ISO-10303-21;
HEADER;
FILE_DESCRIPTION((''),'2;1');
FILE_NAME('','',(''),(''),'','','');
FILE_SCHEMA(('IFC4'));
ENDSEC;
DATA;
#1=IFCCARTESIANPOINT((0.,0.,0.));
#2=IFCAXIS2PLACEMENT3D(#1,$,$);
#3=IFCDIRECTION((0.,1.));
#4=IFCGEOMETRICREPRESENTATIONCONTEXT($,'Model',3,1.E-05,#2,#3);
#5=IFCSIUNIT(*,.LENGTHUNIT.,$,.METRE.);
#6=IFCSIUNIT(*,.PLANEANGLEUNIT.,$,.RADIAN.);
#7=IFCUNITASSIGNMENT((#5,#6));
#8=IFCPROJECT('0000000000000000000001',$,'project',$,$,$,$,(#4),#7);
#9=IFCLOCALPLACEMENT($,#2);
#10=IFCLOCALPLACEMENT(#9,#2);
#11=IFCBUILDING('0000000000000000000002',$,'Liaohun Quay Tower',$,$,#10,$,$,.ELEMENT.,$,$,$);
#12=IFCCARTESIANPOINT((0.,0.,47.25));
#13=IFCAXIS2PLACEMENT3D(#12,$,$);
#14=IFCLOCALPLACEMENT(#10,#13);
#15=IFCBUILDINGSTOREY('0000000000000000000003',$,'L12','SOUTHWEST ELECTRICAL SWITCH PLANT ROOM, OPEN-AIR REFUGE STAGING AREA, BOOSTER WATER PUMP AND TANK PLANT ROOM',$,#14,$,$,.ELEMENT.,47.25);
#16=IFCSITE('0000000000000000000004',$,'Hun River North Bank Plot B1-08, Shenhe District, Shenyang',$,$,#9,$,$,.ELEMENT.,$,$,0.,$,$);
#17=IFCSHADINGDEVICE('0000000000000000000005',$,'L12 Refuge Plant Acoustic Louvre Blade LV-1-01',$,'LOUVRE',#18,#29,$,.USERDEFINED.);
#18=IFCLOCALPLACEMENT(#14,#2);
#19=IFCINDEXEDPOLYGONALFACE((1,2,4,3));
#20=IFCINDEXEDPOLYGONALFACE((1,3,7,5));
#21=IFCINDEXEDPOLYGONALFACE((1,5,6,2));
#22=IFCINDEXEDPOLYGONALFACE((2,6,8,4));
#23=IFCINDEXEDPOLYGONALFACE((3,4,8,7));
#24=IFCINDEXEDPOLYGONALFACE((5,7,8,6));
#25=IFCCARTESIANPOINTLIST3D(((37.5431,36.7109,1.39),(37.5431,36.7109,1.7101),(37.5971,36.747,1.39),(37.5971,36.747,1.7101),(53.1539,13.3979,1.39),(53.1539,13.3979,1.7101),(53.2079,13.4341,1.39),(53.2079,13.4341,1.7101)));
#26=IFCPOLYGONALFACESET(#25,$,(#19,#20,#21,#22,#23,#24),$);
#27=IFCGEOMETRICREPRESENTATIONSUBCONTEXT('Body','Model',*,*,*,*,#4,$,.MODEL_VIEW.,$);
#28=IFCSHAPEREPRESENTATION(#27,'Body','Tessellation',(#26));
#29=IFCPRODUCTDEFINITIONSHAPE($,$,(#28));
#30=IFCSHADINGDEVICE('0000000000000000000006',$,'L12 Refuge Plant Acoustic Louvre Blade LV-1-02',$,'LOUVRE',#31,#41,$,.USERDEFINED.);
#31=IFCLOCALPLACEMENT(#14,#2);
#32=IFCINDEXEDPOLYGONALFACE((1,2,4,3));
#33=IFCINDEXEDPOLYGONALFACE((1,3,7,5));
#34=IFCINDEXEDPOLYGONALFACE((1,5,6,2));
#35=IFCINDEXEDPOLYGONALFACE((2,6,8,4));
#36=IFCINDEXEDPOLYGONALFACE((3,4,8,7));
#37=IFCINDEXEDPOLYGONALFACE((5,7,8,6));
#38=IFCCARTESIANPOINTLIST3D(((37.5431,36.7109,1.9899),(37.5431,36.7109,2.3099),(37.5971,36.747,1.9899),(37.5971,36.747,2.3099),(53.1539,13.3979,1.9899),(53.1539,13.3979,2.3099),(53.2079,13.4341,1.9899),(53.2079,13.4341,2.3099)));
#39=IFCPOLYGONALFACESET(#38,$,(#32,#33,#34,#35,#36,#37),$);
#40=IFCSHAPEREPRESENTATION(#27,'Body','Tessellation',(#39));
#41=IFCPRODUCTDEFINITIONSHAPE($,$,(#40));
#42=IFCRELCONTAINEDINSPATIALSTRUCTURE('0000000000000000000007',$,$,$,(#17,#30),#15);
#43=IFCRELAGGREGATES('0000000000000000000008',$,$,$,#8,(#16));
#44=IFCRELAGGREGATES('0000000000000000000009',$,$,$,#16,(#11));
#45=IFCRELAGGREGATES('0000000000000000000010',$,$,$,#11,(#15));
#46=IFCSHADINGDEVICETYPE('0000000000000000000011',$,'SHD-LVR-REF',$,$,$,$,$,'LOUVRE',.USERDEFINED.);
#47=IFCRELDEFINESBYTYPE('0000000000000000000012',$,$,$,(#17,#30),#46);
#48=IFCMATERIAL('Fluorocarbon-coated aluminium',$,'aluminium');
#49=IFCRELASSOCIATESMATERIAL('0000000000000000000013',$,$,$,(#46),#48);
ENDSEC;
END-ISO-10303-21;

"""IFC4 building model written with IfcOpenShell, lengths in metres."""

from ifc_helpers import new_model, si_unit, direction, frame, origin, origin_2d, place, context, subcontext, project, spatial, rectangle, extrude, source, transform, mapped, material, material_profile, profile_set, type_object, element, save


model = new_model("IFC4")

# Units and contexts
model_context = context("Model", 3, precision=1e-05, world=origin(), true_north=direction((0.0, 1.0)))
body_context = subcontext(model_context, "Body", "Model", "MODEL_VIEW")
ifc_project = project(units=[si_unit("LENGTHUNIT", "METRE"), si_unit("PLANEANGLEUNIT", "RADIAN")], contexts=[model_context])

# Site, building, storey
site_placement = place(None, origin())
site = spatial("IfcSite", under=ifc_project, at=site_placement, Name="Hun River North Bank Plot B1-08, Shenhe District, Shenyang", CompositionType="ELEMENT", RefElevation=0.0)
building_placement = place(site_placement, origin())
building = spatial("IfcBuilding", under=site, at=building_placement, Name="Liaohun Quay Tower", CompositionType="ELEMENT")
storey_placement = place(building_placement, frame((0.0, 0.0, 47.25)))
storey = spatial("IfcBuildingStorey", under=building, at=storey_placement, Name="L12", Description="SOUTHWEST ELECTRICAL SWITCH PLANT ROOM, OPEN-AIR REFUGE STAGING AREA, BOOSTER WATER PUMP AND TANK PLANT ROOM", CompositionType="ELEMENT", Elevation=47.25)

# Shading devices
ifc_material_1 = material(Name="Fluorocarbon-coated aluminium", Category="aluminium")
ifc_material_profile_1 = material_profile(ifc_material_1, rectangle(XDim=0.0649, YDim=0.3201, at=origin_2d()), Name="ALU-LVR-320x65")
ifc_profile_set_1 = profile_set([ifc_material_profile_1], Name="Fluorocarbon-coated aluminium")
shading_device_type = type_object("IfcShadingDeviceType", Name="SHD-LVR-REF", ElementType="LOUVRE", PredefinedType="USERDEFINED", material=ifc_profile_set_1)
shared_shape_1 = source(origin(), body_context, "Body", "SweptSolid", [
    extrude(rectangle(XDim=0.0649, YDim=0.3201, at=origin_2d()), origin(), (0.0, 0.0, 1.0), 28.0569),
])
for number, where, z_axis, x_axis, name in (
    (1, (53.1809, 13.416, 1.55), (-0.556398, 0.830916, 0.0), (-0.830916, -0.556398, 0.0), "L12 Refuge Plant Acoustic Louvre Blade LV-1-01"),
    (2, (53.1809, 13.416, 2.1499), (-0.556398, 0.830916, 0.0), (-0.830916, -0.556398, 0.0), "L12 Refuge Plant Acoustic Louvre Blade LV-1-02"),
):
    element("IfcShadingDevice", number, at=place(storey_placement, frame(where, z_axis=z_axis, x_axis=x_axis)), inside=storey, type_object=shading_device_type, Name=name, ObjectType="LOUVRE", PredefinedType="USERDEFINED", context=body_context, shape_type="MappedRepresentation", body=[
        mapped(shared_shape_1, transform((0.0, 0.0, 0.0), x_axis=(1.0, 0.0, 0.0), y_axis=(0.0, 1.0, 0.0), z_axis=(0.0, 0.0, 1.0), scale=1.0)),
    ])

save(model, "model.ifc")
